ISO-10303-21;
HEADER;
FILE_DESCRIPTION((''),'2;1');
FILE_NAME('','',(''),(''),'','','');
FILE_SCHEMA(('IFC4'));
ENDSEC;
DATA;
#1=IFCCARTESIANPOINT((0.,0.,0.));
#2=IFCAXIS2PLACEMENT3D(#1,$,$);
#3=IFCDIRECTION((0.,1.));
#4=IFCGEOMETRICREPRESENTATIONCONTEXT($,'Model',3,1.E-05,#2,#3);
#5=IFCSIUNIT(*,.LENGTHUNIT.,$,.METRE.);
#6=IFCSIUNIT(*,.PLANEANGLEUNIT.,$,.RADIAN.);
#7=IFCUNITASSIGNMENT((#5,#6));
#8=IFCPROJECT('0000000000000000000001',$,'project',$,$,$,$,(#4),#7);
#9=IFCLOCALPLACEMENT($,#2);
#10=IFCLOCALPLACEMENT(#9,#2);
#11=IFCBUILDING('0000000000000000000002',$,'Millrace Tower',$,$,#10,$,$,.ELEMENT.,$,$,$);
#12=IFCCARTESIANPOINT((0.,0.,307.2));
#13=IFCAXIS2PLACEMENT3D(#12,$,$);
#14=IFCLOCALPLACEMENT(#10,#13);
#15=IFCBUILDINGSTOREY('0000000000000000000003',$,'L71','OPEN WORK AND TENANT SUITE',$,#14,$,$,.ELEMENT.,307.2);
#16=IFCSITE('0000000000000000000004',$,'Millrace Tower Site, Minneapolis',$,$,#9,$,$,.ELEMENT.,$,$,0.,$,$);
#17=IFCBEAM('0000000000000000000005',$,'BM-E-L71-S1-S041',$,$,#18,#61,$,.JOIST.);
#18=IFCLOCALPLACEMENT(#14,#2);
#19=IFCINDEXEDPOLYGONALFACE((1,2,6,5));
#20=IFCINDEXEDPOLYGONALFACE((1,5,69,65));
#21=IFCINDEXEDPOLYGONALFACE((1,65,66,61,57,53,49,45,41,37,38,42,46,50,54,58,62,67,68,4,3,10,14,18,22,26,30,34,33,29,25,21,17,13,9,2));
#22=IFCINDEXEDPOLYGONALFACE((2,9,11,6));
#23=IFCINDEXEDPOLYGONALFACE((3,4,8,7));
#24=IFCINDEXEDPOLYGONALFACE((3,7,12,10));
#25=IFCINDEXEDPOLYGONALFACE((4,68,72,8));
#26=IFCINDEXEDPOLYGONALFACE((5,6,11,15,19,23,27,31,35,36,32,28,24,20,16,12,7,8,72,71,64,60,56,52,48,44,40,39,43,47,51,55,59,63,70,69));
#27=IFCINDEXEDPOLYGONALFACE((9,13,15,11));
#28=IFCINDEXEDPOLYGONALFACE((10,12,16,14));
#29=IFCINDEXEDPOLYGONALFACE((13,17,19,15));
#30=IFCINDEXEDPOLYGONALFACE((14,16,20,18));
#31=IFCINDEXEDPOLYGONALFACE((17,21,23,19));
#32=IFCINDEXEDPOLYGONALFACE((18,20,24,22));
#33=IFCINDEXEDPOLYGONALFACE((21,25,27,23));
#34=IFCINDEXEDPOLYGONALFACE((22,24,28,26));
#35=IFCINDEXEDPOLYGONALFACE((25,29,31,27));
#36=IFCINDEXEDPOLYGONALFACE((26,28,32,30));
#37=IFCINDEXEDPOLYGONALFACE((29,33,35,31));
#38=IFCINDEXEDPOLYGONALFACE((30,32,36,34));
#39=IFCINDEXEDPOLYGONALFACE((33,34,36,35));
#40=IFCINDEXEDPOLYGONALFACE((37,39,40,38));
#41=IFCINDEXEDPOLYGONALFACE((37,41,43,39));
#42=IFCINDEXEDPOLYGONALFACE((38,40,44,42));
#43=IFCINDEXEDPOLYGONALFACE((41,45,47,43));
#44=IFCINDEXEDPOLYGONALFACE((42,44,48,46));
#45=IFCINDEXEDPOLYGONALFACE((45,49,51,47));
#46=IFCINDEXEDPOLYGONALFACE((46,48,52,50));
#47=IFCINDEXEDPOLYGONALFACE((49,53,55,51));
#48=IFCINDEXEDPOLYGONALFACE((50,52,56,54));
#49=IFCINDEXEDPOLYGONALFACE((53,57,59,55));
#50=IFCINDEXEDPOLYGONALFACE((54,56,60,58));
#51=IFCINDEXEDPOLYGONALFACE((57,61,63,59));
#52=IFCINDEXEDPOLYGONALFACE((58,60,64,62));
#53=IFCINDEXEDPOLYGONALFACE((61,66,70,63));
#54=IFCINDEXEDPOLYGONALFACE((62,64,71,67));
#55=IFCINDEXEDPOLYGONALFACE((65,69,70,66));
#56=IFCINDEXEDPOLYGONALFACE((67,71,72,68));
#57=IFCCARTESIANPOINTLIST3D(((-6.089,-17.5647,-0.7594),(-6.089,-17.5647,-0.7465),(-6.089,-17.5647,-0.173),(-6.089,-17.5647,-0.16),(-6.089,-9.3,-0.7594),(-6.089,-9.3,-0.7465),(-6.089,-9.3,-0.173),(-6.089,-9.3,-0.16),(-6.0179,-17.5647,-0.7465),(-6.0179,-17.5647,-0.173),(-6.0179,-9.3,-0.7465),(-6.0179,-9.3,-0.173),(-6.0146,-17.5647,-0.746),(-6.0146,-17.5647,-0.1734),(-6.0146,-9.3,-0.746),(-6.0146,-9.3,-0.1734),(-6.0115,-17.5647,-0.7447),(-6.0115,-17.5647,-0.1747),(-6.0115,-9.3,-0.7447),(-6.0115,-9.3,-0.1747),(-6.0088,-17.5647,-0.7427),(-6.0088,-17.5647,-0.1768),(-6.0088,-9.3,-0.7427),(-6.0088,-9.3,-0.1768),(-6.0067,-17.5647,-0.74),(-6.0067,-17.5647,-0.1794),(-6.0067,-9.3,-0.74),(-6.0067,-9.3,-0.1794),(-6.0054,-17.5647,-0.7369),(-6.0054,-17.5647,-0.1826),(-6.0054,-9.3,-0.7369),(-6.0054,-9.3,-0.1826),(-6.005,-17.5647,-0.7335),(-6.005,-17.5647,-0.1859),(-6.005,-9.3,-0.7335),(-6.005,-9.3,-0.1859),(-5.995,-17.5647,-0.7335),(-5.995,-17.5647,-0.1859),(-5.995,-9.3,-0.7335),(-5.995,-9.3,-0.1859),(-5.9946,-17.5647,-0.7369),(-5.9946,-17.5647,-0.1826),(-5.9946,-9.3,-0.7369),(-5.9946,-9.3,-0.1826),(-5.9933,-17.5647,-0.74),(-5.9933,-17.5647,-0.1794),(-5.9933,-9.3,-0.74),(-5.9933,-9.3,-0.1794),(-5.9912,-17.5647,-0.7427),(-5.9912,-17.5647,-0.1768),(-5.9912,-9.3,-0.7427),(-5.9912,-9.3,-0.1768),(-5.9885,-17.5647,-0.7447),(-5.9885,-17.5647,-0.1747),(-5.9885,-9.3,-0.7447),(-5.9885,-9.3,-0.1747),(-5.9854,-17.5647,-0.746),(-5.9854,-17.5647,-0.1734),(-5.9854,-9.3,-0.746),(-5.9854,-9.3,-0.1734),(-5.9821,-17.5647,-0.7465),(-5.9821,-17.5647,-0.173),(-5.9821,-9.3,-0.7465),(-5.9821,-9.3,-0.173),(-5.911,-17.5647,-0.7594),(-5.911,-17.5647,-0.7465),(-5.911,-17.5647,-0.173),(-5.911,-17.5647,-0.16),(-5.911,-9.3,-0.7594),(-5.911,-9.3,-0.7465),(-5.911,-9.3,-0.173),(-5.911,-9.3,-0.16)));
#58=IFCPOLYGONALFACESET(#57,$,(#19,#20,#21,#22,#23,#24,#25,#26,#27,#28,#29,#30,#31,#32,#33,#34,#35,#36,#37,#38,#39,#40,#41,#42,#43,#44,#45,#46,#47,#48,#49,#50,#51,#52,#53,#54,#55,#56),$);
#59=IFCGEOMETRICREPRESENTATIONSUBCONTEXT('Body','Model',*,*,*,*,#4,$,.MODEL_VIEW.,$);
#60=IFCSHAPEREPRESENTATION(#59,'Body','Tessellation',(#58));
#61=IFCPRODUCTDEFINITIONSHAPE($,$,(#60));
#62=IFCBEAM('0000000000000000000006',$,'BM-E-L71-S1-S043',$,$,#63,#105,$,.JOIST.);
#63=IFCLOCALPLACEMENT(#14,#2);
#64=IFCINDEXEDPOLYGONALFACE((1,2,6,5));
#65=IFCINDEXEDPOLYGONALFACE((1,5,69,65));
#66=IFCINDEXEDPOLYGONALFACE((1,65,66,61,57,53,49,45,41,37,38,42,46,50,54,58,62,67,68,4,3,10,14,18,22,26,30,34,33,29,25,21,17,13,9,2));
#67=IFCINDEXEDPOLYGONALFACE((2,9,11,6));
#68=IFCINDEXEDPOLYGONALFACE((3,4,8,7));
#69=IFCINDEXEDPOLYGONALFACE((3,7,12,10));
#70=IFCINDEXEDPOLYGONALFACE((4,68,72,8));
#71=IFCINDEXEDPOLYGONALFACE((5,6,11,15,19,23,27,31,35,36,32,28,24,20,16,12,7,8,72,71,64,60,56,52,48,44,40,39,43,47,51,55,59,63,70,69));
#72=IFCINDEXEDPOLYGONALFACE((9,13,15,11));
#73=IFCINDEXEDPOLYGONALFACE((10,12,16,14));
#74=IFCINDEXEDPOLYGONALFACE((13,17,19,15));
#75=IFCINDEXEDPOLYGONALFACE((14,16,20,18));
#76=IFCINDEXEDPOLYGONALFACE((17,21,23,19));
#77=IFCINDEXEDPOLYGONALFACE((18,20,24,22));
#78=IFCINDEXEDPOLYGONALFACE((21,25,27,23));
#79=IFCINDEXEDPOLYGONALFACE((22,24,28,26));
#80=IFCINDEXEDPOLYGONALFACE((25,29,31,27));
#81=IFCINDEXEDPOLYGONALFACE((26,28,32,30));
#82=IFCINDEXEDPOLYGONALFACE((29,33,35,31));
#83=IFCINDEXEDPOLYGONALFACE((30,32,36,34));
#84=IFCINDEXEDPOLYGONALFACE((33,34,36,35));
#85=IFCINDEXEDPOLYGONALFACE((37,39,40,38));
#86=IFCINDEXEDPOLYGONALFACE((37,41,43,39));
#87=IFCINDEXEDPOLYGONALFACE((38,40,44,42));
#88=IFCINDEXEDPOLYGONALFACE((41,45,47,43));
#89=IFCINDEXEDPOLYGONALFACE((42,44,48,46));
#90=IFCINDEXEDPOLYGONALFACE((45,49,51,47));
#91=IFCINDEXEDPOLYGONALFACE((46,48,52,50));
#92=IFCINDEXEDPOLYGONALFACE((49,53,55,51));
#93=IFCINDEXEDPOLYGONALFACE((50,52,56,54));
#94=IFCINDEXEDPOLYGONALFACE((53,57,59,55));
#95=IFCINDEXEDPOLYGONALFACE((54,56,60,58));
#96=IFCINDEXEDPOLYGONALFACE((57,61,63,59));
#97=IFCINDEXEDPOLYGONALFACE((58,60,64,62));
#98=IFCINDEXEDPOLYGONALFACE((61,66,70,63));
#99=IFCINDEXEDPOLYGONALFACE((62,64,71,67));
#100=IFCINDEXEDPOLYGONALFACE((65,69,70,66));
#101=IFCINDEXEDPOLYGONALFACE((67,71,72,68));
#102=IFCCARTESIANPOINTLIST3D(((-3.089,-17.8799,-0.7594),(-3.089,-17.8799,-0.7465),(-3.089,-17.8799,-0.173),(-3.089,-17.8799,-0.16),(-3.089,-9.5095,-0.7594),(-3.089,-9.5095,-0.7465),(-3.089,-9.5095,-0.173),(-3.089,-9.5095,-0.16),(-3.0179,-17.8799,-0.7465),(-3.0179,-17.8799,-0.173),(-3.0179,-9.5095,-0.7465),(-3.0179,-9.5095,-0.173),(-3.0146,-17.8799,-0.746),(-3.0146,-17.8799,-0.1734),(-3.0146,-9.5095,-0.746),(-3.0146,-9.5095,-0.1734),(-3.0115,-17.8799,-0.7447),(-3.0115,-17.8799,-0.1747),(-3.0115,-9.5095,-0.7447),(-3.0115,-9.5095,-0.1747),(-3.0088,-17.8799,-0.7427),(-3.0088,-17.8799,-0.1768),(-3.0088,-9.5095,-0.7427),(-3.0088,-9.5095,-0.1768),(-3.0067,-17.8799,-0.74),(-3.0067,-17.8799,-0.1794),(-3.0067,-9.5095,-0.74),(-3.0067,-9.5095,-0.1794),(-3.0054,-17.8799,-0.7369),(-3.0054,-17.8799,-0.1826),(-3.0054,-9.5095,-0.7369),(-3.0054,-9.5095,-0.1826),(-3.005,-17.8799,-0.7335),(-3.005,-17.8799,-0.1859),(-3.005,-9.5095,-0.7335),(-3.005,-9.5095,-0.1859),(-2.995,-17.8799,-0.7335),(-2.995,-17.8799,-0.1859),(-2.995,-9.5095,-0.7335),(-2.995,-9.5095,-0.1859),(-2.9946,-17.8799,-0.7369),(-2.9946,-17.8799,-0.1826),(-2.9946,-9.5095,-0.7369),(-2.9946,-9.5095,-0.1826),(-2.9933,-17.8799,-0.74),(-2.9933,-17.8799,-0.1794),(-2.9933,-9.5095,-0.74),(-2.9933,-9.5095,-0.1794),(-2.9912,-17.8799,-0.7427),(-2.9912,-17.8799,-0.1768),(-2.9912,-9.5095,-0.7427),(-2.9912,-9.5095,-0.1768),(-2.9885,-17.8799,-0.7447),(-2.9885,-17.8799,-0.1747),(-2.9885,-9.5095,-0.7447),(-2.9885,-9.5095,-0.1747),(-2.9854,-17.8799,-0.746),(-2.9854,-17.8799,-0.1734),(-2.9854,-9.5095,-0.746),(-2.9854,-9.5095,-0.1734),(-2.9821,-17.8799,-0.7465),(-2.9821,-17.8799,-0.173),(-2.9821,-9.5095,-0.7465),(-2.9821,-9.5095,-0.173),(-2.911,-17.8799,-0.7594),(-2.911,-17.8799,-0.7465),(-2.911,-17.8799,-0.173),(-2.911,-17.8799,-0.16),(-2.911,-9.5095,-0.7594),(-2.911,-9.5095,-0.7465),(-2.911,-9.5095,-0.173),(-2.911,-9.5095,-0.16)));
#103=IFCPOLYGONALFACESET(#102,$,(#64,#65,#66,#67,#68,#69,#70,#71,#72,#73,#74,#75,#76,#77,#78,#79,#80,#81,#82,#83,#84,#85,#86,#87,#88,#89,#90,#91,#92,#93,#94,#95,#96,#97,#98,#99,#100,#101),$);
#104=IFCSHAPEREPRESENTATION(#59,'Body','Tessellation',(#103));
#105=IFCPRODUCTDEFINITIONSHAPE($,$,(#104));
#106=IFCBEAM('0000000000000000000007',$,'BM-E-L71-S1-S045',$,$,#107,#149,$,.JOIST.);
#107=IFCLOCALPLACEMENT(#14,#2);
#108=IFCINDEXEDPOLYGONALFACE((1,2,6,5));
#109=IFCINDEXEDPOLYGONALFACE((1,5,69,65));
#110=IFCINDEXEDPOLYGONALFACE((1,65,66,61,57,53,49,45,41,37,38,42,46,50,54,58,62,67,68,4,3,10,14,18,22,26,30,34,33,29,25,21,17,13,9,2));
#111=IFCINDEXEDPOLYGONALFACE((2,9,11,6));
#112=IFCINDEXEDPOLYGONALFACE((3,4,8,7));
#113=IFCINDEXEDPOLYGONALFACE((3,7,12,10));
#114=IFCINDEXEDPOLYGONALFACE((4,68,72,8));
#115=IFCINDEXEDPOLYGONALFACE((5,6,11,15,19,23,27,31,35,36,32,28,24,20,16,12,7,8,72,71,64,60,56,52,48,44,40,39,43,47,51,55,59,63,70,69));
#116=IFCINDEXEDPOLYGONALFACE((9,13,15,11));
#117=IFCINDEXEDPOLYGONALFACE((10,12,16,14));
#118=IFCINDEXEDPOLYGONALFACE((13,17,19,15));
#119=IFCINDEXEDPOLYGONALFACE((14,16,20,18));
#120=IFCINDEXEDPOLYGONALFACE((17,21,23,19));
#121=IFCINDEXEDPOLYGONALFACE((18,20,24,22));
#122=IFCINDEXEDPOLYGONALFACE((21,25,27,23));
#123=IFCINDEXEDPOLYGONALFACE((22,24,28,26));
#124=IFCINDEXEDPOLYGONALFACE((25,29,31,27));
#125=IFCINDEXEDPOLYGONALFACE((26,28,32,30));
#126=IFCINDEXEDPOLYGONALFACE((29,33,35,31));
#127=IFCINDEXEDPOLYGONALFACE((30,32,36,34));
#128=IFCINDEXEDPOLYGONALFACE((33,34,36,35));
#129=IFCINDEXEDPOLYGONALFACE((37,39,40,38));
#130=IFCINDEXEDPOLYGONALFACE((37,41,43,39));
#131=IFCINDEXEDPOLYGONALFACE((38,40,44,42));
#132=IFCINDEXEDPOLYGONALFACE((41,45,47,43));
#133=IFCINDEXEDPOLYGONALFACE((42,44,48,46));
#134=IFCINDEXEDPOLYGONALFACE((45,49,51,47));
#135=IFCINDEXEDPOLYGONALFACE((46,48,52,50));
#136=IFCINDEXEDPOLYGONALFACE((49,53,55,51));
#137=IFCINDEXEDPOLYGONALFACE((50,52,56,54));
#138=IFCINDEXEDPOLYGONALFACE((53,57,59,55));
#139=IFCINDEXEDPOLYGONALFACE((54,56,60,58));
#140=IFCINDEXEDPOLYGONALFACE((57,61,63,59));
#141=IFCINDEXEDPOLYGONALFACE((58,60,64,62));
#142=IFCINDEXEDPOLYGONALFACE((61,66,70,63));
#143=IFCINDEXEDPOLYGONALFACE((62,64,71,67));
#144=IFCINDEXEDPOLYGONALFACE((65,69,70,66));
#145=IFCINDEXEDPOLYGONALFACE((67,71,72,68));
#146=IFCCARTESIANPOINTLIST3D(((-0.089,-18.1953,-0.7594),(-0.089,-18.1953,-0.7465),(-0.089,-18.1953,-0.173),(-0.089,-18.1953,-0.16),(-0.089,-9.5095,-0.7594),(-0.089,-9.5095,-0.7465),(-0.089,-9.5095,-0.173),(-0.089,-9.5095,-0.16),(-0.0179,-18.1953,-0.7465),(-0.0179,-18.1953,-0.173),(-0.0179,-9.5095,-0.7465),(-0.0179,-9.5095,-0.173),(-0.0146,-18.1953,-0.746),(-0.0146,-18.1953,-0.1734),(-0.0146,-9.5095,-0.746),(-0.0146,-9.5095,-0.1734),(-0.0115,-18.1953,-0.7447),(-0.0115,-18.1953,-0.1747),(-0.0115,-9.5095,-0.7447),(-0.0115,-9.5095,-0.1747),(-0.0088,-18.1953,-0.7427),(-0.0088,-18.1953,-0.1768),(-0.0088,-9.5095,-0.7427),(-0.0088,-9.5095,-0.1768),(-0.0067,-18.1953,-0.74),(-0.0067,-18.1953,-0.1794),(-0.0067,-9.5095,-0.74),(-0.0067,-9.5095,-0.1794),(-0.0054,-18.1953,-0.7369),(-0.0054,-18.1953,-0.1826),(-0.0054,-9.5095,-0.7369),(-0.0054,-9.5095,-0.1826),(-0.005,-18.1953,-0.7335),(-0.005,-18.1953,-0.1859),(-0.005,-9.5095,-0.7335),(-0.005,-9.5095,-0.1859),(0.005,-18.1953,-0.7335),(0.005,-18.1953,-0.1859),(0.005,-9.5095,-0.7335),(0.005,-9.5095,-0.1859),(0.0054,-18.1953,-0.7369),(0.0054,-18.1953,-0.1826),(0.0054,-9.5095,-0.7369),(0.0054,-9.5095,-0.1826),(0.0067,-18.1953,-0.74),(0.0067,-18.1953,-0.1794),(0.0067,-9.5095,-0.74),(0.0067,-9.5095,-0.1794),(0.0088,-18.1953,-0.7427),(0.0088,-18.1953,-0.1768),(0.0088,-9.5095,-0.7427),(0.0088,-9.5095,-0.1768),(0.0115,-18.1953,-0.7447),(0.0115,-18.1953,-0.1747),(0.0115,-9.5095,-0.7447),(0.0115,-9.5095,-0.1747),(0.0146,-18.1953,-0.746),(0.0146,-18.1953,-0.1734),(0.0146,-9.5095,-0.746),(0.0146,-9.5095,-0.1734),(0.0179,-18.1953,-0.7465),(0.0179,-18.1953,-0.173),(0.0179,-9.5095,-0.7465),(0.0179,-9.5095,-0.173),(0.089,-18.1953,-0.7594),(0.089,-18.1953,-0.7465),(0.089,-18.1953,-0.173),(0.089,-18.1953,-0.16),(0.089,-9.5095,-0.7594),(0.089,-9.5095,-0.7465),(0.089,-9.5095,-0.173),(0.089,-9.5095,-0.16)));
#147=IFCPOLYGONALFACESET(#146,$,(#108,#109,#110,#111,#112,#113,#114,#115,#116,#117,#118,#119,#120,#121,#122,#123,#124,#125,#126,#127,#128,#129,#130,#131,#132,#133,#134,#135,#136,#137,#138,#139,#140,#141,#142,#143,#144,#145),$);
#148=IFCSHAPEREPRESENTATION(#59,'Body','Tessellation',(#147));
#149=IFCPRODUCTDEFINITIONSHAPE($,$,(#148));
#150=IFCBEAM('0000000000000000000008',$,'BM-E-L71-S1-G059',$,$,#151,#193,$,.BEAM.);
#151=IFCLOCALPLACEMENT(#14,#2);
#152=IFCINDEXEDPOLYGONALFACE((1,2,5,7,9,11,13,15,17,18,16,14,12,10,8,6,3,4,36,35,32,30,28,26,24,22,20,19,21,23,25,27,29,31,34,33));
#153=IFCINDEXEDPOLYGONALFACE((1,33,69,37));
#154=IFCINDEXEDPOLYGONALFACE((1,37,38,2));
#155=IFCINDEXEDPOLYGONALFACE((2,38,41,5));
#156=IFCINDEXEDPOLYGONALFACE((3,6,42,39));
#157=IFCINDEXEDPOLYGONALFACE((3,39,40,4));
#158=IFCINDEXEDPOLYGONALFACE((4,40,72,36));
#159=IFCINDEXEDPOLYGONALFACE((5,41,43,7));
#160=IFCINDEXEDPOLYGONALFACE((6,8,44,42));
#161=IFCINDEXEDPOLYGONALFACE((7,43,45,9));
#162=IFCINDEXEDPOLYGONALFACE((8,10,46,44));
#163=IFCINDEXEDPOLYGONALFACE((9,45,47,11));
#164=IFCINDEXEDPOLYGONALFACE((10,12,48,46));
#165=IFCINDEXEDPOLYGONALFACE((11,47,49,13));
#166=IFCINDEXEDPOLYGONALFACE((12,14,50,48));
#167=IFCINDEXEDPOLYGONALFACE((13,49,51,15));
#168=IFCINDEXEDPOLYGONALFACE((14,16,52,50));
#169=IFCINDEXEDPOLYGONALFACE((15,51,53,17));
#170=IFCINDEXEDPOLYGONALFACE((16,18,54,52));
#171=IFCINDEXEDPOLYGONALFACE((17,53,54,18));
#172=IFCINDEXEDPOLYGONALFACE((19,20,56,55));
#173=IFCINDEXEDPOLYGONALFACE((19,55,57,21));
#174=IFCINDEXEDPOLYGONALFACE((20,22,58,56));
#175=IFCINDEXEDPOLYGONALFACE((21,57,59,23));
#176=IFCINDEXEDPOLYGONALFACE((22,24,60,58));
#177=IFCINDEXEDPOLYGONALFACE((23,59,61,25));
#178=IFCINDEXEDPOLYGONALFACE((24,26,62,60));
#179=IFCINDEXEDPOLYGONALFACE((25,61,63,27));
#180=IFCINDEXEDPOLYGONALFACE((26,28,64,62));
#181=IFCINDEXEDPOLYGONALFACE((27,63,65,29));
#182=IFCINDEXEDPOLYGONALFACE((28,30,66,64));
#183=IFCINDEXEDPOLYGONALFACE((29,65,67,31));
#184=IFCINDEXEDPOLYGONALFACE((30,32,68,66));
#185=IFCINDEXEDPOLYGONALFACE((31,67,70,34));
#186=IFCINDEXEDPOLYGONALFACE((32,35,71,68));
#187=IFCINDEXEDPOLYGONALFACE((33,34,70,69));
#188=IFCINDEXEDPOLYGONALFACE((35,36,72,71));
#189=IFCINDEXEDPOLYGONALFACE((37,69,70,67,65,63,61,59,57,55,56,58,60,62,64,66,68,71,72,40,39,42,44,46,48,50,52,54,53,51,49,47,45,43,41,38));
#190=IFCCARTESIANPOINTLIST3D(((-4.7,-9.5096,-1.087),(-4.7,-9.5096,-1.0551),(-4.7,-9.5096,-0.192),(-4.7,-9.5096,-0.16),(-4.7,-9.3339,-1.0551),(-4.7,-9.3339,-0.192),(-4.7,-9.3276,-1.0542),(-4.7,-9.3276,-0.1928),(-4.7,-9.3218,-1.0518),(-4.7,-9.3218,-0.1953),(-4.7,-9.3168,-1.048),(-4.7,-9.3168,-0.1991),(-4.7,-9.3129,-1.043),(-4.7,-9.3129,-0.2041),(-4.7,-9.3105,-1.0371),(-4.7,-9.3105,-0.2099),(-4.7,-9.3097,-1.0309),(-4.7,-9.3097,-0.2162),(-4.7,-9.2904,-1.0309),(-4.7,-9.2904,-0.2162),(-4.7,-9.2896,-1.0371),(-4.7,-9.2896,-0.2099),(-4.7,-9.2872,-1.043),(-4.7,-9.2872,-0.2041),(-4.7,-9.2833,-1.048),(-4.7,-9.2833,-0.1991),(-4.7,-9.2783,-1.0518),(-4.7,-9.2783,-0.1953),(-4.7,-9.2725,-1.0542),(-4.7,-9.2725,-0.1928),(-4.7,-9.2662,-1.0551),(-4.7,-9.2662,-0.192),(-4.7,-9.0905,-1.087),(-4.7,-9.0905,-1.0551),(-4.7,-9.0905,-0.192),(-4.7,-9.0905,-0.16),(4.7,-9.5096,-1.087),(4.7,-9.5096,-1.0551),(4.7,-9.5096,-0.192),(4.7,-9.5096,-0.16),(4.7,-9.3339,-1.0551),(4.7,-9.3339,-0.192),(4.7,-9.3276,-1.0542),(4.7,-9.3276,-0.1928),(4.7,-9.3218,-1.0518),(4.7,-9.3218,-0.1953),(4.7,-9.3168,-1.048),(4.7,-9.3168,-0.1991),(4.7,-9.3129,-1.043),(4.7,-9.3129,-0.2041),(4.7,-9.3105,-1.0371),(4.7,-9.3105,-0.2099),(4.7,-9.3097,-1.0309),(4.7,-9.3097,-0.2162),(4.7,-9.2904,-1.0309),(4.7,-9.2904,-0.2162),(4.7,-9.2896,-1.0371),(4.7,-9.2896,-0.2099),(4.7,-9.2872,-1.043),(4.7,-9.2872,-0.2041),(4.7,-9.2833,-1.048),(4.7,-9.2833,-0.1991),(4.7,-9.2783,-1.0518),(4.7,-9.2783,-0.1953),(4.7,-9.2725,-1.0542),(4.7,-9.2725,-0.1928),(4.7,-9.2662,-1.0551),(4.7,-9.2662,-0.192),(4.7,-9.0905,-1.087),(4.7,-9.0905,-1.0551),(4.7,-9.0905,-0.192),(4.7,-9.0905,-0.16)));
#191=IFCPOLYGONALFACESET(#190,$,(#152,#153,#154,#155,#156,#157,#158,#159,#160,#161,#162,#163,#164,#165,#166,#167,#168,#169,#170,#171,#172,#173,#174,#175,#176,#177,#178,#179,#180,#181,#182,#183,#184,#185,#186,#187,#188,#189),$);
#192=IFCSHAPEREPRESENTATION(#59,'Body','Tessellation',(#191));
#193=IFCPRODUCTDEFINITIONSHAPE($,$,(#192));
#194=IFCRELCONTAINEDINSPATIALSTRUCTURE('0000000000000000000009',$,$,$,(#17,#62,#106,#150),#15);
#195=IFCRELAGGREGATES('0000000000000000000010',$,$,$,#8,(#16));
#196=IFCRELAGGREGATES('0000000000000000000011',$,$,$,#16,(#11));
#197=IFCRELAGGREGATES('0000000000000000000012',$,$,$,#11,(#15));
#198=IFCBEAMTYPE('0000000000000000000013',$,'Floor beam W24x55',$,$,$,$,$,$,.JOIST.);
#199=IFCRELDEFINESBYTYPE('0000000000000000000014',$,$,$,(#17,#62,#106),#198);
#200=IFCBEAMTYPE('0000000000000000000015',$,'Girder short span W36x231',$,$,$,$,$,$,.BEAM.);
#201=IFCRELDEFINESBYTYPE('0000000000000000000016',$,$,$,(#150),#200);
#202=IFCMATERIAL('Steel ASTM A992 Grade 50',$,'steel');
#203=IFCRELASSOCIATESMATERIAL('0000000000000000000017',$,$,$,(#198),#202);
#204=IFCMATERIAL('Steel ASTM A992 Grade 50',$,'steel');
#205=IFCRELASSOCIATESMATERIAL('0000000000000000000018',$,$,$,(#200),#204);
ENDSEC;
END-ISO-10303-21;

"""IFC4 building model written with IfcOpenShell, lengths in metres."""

from ifc_helpers import new_model, si_unit, direction, frame, origin, origin_2d, place, context, subcontext, project, spatial, i_section, extrude, material, material_profile, profile_set, type_object, element, save


model = new_model("IFC4")

# Units and contexts
model_context = context("Model", 3, precision=1e-05, world=origin(), true_north=direction((0.0, 1.0)))
body_context = subcontext(model_context, "Body", "Model", "MODEL_VIEW")
ifc_project = project(units=[si_unit("LENGTHUNIT", "METRE"), si_unit("PLANEANGLEUNIT", "RADIAN")], contexts=[model_context])

# Site, building, storey
site_placement = place(None, origin())
site = spatial("IfcSite", under=ifc_project, at=site_placement, Name="Millrace Tower Site, Minneapolis", CompositionType="ELEMENT", RefElevation=0.0)
building_placement = place(site_placement, origin())
building = spatial("IfcBuilding", under=site, at=building_placement, Name="Millrace Tower", CompositionType="ELEMENT")
storey_placement = place(building_placement, frame((0.0, 0.0, 307.2)))
storey = spatial("IfcBuildingStorey", under=building, at=storey_placement, Name="L71", Description="OPEN WORK AND TENANT SUITE", CompositionType="ELEMENT", Elevation=307.2)

# Beams
ifc_material_1 = material(Name="Steel ASTM A992 Grade 50", Category="steel")
ifc_material_profile_1 = material_profile(ifc_material_1, i_section(OverallWidth=0.178, OverallDepth=0.5994, WebThickness=0.01, FlangeThickness=0.0129, FilletRadius=0.0129, at=origin_2d()))
ifc_profile_set_1 = profile_set([ifc_material_profile_1], Name="Steel ASTM A992 Grade 50")
beam_type_1 = type_object("IfcBeamType", Name="Floor beam W24x55", PredefinedType="JOIST", material=ifc_profile_set_1)
beam_1_placement = place(storey_placement, frame((-6.0, -17.5647, -0.4597), z_axis=(0.0, 1.0, 0.0), x_axis=(-1.0, 0.0, 0.0)))
element("IfcBeam", 1, at=beam_1_placement, inside=storey, type_object=beam_type_1, Name="BM-E-L71-S1-S041", PredefinedType="JOIST", context=body_context, shape_type="SweptSolid", body=[
    extrude(i_section(OverallWidth=0.178, OverallDepth=0.5994, WebThickness=0.01, FlangeThickness=0.0129, FilletRadius=0.0129, at=origin_2d()), origin(), (0.0, 0.0, 1.0), 8.2646),
])
beam_2_placement = place(storey_placement, frame((-3.0, -17.8799, -0.4597), z_axis=(0.0, 1.0, 0.0), x_axis=(-1.0, 0.0, 0.0)))
element("IfcBeam", 2, at=beam_2_placement, inside=storey, type_object=beam_type_1, Name="BM-E-L71-S1-S043", PredefinedType="JOIST", context=body_context, shape_type="SweptSolid", body=[
    extrude(i_section(OverallWidth=0.178, OverallDepth=0.5994, WebThickness=0.01, FlangeThickness=0.0129, FilletRadius=0.0129, at=origin_2d()), origin(), (0.0, 0.0, 1.0), 8.3704),
])
beam_3_placement = place(storey_placement, frame((0.0, -18.1953, -0.4597), z_axis=(0.0, 1.0, 0.0), x_axis=(-1.0, 0.0, 0.0)))
element("IfcBeam", 3, at=beam_3_placement, inside=storey, type_object=beam_type_1, Name="BM-E-L71-S1-S045", PredefinedType="JOIST", context=body_context, shape_type="SweptSolid", body=[
    extrude(i_section(OverallWidth=0.178, OverallDepth=0.5994, WebThickness=0.01, FlangeThickness=0.0129, FilletRadius=0.0129, at=origin_2d()), origin(), (0.0, 0.0, 1.0), 8.6858),
])
ifc_material_2 = material(Name="Steel ASTM A992 Grade 50", Category="steel")
ifc_material_profile_2 = material_profile(ifc_material_2, i_section(OverallWidth=0.4192, OverallDepth=0.927, WebThickness=0.0193, FlangeThickness=0.032, FilletRadius=0.0242, at=origin_2d()))
ifc_profile_set_2 = profile_set([ifc_material_profile_2], Name="Steel ASTM A992 Grade 50")
beam_type_2 = type_object("IfcBeamType", Name="Girder short span W36x231", PredefinedType="BEAM", material=ifc_profile_set_2)
beam_4_placement = place(storey_placement, frame((-4.7, -9.3, -0.6235), z_axis=(1.0, 0.0, 0.0), x_axis=(0.0, 1.0, 0.0)))
element("IfcBeam", 4, at=beam_4_placement, inside=storey, type_object=beam_type_2, Name="BM-E-L71-S1-G059", PredefinedType="BEAM", context=body_context, shape_type="SweptSolid", body=[
    extrude(i_section(OverallWidth=0.4192, OverallDepth=0.927, WebThickness=0.0193, FlangeThickness=0.032, FilletRadius=0.0242, at=origin_2d()), origin(), (0.0, 0.0, 1.0), 9.3999),
])

save(model, "model.ifc")
